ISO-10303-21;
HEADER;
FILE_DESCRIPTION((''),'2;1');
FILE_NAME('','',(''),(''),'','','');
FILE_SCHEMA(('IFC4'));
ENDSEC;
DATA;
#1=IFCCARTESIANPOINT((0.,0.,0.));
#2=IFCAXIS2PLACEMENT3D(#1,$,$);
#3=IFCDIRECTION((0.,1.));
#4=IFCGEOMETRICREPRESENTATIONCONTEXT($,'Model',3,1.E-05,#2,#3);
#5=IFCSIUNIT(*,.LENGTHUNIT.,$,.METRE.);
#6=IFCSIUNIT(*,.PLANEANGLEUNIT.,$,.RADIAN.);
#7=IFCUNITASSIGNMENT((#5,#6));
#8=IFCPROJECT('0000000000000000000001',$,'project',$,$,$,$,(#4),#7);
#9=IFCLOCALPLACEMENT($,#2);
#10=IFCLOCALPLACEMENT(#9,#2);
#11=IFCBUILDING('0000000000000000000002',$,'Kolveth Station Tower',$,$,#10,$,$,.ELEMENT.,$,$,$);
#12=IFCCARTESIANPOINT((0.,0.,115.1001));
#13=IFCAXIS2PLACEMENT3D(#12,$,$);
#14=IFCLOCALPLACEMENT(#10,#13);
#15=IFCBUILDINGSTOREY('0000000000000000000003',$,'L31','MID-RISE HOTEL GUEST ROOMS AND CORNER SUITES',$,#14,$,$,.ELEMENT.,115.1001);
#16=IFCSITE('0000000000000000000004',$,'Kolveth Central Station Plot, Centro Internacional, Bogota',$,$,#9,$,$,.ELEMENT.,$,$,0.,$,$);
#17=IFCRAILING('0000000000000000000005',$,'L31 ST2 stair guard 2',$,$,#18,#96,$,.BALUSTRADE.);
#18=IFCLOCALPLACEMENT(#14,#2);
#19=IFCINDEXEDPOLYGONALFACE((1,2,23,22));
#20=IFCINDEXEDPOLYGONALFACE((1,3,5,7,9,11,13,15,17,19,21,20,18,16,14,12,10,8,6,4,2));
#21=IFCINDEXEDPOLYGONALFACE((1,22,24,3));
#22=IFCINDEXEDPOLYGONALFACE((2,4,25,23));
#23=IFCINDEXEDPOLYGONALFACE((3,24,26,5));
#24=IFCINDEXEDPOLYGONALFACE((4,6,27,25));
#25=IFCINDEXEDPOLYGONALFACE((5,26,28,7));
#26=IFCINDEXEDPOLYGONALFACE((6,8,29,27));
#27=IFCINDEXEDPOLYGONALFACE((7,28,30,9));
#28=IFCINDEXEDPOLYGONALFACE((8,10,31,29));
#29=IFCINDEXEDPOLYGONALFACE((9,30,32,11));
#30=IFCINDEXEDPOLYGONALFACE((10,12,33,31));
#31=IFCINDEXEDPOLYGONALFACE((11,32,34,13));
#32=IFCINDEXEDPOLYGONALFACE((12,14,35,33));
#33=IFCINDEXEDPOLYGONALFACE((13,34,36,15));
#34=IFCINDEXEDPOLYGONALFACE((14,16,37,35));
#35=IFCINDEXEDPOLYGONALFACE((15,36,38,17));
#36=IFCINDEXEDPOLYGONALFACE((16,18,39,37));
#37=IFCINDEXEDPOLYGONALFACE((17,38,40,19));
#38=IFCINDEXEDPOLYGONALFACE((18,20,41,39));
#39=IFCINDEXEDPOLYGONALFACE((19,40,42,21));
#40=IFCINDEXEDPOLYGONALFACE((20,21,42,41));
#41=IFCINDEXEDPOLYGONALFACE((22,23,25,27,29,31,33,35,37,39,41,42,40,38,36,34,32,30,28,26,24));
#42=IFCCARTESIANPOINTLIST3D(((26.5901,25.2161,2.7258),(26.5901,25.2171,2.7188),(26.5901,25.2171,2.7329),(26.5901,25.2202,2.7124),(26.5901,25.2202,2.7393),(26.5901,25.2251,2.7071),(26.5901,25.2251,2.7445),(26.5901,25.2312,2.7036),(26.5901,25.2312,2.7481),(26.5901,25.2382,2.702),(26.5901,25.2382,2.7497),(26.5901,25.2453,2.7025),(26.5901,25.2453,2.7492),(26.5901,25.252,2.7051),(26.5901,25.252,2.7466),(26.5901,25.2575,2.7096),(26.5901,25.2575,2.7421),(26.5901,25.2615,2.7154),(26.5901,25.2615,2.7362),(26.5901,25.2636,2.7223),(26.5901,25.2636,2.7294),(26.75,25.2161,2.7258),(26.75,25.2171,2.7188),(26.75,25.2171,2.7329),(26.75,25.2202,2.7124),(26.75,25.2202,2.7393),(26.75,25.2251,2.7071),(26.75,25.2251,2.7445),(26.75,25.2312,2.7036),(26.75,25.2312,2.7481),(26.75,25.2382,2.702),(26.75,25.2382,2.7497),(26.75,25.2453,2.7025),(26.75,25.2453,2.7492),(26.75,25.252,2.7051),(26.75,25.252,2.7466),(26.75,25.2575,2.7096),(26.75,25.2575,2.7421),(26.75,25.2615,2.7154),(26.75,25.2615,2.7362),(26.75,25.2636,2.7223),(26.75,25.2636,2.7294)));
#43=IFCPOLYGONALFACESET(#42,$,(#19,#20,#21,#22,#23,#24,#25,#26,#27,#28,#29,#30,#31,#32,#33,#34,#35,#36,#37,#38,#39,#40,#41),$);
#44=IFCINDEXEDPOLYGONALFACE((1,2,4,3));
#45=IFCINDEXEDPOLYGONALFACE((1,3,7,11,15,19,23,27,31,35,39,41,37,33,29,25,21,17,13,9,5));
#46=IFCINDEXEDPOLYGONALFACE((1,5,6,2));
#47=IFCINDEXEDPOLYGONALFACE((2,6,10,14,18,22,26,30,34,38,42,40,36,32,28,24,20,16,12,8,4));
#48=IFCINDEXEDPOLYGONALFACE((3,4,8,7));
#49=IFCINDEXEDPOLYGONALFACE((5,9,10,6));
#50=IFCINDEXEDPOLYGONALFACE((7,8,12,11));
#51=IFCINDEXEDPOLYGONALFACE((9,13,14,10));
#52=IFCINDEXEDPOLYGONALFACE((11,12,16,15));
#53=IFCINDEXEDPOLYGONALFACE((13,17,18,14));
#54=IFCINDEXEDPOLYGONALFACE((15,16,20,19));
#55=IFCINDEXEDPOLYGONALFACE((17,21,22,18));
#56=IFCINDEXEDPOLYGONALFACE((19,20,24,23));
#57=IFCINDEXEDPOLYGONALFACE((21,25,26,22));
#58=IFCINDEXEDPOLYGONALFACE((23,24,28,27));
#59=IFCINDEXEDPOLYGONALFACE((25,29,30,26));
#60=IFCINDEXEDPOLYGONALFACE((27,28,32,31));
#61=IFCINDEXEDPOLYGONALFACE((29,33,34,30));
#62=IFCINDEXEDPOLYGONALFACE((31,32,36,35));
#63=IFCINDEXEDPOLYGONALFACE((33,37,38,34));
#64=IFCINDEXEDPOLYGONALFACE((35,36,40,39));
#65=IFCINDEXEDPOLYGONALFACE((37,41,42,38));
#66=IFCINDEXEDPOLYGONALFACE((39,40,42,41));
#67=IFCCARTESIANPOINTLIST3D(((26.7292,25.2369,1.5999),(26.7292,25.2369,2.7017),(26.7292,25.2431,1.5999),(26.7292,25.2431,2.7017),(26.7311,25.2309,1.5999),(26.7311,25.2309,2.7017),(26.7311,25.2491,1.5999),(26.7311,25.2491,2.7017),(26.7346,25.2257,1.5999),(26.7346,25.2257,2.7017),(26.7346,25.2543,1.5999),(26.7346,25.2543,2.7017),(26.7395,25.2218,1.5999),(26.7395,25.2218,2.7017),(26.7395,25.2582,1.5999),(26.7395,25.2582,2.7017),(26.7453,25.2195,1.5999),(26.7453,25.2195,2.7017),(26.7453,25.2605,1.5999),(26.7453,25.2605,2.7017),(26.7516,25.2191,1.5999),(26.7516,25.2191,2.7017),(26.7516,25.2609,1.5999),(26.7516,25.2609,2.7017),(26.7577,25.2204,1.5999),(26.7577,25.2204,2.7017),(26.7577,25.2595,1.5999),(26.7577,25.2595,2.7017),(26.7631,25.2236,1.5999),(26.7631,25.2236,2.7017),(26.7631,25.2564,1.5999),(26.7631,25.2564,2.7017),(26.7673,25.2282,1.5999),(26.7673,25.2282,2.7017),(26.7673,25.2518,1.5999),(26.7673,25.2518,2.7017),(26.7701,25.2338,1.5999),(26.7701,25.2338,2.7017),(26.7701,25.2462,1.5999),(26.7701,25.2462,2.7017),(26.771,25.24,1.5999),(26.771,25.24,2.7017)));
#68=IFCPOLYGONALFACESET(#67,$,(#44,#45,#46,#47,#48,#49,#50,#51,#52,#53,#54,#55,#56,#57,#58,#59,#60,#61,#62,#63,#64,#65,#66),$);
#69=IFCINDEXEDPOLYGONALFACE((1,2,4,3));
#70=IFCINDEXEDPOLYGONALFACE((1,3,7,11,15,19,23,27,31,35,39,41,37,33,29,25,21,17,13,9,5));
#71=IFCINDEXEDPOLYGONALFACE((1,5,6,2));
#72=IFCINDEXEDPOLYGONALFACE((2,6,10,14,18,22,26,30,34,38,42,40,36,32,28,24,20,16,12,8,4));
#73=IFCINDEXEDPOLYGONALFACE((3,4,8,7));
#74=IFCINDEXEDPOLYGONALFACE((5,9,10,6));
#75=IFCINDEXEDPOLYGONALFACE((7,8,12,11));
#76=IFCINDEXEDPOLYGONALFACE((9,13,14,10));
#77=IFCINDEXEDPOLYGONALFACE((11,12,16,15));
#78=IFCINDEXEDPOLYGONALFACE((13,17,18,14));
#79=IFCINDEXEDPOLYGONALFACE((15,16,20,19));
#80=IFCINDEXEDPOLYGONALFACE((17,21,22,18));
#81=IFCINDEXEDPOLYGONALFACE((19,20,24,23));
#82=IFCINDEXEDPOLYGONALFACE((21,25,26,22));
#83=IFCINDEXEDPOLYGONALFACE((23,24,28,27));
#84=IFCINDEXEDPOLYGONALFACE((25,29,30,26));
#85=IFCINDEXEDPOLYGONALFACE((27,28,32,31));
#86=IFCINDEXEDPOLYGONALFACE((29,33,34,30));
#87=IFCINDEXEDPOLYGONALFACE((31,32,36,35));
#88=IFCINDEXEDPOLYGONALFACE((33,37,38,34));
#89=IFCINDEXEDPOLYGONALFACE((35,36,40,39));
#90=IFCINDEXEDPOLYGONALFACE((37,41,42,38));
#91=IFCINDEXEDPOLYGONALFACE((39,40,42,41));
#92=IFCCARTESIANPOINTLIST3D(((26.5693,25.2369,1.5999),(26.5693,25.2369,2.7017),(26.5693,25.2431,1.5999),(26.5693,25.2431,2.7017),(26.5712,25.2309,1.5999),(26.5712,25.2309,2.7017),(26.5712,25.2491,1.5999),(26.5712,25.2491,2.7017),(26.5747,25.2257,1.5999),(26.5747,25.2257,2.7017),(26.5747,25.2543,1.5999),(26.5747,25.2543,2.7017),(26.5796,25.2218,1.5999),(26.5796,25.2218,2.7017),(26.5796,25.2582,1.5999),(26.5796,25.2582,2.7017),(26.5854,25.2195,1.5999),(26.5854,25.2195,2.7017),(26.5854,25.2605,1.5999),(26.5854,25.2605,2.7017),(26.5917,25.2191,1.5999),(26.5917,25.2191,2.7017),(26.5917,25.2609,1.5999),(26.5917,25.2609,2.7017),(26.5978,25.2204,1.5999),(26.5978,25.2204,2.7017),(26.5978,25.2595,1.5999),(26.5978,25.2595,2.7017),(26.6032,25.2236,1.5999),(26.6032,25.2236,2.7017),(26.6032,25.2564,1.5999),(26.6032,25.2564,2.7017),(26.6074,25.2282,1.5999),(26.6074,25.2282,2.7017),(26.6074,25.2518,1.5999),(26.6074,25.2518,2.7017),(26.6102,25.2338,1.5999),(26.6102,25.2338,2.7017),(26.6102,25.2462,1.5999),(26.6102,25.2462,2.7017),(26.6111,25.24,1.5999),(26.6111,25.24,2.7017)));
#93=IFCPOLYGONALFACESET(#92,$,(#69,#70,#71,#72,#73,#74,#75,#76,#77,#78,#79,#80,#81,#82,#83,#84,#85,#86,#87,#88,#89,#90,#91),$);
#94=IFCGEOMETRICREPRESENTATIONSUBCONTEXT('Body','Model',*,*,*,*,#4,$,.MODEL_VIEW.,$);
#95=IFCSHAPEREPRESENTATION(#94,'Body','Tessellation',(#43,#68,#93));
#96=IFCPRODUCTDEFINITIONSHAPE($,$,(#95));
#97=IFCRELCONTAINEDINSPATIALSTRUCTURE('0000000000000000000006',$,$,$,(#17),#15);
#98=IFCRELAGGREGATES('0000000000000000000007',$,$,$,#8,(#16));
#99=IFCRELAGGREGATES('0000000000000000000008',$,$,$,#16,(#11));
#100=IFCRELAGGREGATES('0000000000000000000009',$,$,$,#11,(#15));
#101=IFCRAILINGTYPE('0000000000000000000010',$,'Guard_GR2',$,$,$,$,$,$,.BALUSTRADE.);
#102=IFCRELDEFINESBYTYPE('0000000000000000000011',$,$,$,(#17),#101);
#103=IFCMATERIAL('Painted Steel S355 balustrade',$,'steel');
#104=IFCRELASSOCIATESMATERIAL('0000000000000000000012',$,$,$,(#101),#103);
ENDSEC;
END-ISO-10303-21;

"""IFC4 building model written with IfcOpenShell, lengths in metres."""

from ifc_helpers import new_model, si_unit, direction, frame, origin, origin_2d, place, context, subcontext, project, spatial, circle, extrude, material, type_object, element, save


model = new_model("IFC4")

# Units and contexts
model_context = context("Model", 3, precision=1e-05, world=origin(), true_north=direction((0.0, 1.0)))
body_context = subcontext(model_context, "Body", "Model", "MODEL_VIEW")
ifc_project = project(units=[si_unit("LENGTHUNIT", "METRE"), si_unit("PLANEANGLEUNIT", "RADIAN")], contexts=[model_context])

# Site, building, storey
site_placement = place(None, origin())
site = spatial("IfcSite", under=ifc_project, at=site_placement, Name="Kolveth Central Station Plot, Centro Internacional, Bogota", CompositionType="ELEMENT", RefElevation=0.0)
building_placement = place(site_placement, origin())
building = spatial("IfcBuilding", under=site, at=building_placement, Name="Kolveth Station Tower", CompositionType="ELEMENT")
storey_placement = place(building_placement, frame((0.0, 0.0, 115.1001)))
storey = spatial("IfcBuildingStorey", under=building, at=storey_placement, Name="L31", Description="MID-RISE HOTEL GUEST ROOMS AND CORNER SUITES", CompositionType="ELEMENT", Elevation=115.1001)

# Railing
ifc_material_1 = material(Name="Painted Steel S355 balustrade", Category="steel")
railing_type_1 = type_object("IfcRailingType", Name="Guard_GR2", PredefinedType="BALUSTRADE", material=ifc_material_1)
railing_1_placement = place(storey_placement, frame((26.75, 25.24, 1.5999)))
element("IfcRailing", 1, at=railing_1_placement, inside=storey, type_object=railing_type_1, Name="L31 ST2 stair guard 2", PredefinedType="BALUSTRADE", context=body_context, shape_type="SweptSolid", body=[
    extrude(circle(Radius=0.0239, at=origin_2d()), frame((0.0, 0.0, 1.126), z_axis=(-1.0, 0.0, 0.0), x_axis=(0.0, -1.0, 0.0)), (0.0, 0.0, 1.0), 0.1599),
    extrude(circle(Radius=0.021, at=origin_2d()), origin(), (0.0, 0.0, 1.0), 1.1018),
    extrude(circle(Radius=0.021, at=origin_2d()), frame((-0.1599, 0.0, 0.0)), (0.0, 0.0, 1.0), 1.1018),
])

save(model, "model.ifc")
